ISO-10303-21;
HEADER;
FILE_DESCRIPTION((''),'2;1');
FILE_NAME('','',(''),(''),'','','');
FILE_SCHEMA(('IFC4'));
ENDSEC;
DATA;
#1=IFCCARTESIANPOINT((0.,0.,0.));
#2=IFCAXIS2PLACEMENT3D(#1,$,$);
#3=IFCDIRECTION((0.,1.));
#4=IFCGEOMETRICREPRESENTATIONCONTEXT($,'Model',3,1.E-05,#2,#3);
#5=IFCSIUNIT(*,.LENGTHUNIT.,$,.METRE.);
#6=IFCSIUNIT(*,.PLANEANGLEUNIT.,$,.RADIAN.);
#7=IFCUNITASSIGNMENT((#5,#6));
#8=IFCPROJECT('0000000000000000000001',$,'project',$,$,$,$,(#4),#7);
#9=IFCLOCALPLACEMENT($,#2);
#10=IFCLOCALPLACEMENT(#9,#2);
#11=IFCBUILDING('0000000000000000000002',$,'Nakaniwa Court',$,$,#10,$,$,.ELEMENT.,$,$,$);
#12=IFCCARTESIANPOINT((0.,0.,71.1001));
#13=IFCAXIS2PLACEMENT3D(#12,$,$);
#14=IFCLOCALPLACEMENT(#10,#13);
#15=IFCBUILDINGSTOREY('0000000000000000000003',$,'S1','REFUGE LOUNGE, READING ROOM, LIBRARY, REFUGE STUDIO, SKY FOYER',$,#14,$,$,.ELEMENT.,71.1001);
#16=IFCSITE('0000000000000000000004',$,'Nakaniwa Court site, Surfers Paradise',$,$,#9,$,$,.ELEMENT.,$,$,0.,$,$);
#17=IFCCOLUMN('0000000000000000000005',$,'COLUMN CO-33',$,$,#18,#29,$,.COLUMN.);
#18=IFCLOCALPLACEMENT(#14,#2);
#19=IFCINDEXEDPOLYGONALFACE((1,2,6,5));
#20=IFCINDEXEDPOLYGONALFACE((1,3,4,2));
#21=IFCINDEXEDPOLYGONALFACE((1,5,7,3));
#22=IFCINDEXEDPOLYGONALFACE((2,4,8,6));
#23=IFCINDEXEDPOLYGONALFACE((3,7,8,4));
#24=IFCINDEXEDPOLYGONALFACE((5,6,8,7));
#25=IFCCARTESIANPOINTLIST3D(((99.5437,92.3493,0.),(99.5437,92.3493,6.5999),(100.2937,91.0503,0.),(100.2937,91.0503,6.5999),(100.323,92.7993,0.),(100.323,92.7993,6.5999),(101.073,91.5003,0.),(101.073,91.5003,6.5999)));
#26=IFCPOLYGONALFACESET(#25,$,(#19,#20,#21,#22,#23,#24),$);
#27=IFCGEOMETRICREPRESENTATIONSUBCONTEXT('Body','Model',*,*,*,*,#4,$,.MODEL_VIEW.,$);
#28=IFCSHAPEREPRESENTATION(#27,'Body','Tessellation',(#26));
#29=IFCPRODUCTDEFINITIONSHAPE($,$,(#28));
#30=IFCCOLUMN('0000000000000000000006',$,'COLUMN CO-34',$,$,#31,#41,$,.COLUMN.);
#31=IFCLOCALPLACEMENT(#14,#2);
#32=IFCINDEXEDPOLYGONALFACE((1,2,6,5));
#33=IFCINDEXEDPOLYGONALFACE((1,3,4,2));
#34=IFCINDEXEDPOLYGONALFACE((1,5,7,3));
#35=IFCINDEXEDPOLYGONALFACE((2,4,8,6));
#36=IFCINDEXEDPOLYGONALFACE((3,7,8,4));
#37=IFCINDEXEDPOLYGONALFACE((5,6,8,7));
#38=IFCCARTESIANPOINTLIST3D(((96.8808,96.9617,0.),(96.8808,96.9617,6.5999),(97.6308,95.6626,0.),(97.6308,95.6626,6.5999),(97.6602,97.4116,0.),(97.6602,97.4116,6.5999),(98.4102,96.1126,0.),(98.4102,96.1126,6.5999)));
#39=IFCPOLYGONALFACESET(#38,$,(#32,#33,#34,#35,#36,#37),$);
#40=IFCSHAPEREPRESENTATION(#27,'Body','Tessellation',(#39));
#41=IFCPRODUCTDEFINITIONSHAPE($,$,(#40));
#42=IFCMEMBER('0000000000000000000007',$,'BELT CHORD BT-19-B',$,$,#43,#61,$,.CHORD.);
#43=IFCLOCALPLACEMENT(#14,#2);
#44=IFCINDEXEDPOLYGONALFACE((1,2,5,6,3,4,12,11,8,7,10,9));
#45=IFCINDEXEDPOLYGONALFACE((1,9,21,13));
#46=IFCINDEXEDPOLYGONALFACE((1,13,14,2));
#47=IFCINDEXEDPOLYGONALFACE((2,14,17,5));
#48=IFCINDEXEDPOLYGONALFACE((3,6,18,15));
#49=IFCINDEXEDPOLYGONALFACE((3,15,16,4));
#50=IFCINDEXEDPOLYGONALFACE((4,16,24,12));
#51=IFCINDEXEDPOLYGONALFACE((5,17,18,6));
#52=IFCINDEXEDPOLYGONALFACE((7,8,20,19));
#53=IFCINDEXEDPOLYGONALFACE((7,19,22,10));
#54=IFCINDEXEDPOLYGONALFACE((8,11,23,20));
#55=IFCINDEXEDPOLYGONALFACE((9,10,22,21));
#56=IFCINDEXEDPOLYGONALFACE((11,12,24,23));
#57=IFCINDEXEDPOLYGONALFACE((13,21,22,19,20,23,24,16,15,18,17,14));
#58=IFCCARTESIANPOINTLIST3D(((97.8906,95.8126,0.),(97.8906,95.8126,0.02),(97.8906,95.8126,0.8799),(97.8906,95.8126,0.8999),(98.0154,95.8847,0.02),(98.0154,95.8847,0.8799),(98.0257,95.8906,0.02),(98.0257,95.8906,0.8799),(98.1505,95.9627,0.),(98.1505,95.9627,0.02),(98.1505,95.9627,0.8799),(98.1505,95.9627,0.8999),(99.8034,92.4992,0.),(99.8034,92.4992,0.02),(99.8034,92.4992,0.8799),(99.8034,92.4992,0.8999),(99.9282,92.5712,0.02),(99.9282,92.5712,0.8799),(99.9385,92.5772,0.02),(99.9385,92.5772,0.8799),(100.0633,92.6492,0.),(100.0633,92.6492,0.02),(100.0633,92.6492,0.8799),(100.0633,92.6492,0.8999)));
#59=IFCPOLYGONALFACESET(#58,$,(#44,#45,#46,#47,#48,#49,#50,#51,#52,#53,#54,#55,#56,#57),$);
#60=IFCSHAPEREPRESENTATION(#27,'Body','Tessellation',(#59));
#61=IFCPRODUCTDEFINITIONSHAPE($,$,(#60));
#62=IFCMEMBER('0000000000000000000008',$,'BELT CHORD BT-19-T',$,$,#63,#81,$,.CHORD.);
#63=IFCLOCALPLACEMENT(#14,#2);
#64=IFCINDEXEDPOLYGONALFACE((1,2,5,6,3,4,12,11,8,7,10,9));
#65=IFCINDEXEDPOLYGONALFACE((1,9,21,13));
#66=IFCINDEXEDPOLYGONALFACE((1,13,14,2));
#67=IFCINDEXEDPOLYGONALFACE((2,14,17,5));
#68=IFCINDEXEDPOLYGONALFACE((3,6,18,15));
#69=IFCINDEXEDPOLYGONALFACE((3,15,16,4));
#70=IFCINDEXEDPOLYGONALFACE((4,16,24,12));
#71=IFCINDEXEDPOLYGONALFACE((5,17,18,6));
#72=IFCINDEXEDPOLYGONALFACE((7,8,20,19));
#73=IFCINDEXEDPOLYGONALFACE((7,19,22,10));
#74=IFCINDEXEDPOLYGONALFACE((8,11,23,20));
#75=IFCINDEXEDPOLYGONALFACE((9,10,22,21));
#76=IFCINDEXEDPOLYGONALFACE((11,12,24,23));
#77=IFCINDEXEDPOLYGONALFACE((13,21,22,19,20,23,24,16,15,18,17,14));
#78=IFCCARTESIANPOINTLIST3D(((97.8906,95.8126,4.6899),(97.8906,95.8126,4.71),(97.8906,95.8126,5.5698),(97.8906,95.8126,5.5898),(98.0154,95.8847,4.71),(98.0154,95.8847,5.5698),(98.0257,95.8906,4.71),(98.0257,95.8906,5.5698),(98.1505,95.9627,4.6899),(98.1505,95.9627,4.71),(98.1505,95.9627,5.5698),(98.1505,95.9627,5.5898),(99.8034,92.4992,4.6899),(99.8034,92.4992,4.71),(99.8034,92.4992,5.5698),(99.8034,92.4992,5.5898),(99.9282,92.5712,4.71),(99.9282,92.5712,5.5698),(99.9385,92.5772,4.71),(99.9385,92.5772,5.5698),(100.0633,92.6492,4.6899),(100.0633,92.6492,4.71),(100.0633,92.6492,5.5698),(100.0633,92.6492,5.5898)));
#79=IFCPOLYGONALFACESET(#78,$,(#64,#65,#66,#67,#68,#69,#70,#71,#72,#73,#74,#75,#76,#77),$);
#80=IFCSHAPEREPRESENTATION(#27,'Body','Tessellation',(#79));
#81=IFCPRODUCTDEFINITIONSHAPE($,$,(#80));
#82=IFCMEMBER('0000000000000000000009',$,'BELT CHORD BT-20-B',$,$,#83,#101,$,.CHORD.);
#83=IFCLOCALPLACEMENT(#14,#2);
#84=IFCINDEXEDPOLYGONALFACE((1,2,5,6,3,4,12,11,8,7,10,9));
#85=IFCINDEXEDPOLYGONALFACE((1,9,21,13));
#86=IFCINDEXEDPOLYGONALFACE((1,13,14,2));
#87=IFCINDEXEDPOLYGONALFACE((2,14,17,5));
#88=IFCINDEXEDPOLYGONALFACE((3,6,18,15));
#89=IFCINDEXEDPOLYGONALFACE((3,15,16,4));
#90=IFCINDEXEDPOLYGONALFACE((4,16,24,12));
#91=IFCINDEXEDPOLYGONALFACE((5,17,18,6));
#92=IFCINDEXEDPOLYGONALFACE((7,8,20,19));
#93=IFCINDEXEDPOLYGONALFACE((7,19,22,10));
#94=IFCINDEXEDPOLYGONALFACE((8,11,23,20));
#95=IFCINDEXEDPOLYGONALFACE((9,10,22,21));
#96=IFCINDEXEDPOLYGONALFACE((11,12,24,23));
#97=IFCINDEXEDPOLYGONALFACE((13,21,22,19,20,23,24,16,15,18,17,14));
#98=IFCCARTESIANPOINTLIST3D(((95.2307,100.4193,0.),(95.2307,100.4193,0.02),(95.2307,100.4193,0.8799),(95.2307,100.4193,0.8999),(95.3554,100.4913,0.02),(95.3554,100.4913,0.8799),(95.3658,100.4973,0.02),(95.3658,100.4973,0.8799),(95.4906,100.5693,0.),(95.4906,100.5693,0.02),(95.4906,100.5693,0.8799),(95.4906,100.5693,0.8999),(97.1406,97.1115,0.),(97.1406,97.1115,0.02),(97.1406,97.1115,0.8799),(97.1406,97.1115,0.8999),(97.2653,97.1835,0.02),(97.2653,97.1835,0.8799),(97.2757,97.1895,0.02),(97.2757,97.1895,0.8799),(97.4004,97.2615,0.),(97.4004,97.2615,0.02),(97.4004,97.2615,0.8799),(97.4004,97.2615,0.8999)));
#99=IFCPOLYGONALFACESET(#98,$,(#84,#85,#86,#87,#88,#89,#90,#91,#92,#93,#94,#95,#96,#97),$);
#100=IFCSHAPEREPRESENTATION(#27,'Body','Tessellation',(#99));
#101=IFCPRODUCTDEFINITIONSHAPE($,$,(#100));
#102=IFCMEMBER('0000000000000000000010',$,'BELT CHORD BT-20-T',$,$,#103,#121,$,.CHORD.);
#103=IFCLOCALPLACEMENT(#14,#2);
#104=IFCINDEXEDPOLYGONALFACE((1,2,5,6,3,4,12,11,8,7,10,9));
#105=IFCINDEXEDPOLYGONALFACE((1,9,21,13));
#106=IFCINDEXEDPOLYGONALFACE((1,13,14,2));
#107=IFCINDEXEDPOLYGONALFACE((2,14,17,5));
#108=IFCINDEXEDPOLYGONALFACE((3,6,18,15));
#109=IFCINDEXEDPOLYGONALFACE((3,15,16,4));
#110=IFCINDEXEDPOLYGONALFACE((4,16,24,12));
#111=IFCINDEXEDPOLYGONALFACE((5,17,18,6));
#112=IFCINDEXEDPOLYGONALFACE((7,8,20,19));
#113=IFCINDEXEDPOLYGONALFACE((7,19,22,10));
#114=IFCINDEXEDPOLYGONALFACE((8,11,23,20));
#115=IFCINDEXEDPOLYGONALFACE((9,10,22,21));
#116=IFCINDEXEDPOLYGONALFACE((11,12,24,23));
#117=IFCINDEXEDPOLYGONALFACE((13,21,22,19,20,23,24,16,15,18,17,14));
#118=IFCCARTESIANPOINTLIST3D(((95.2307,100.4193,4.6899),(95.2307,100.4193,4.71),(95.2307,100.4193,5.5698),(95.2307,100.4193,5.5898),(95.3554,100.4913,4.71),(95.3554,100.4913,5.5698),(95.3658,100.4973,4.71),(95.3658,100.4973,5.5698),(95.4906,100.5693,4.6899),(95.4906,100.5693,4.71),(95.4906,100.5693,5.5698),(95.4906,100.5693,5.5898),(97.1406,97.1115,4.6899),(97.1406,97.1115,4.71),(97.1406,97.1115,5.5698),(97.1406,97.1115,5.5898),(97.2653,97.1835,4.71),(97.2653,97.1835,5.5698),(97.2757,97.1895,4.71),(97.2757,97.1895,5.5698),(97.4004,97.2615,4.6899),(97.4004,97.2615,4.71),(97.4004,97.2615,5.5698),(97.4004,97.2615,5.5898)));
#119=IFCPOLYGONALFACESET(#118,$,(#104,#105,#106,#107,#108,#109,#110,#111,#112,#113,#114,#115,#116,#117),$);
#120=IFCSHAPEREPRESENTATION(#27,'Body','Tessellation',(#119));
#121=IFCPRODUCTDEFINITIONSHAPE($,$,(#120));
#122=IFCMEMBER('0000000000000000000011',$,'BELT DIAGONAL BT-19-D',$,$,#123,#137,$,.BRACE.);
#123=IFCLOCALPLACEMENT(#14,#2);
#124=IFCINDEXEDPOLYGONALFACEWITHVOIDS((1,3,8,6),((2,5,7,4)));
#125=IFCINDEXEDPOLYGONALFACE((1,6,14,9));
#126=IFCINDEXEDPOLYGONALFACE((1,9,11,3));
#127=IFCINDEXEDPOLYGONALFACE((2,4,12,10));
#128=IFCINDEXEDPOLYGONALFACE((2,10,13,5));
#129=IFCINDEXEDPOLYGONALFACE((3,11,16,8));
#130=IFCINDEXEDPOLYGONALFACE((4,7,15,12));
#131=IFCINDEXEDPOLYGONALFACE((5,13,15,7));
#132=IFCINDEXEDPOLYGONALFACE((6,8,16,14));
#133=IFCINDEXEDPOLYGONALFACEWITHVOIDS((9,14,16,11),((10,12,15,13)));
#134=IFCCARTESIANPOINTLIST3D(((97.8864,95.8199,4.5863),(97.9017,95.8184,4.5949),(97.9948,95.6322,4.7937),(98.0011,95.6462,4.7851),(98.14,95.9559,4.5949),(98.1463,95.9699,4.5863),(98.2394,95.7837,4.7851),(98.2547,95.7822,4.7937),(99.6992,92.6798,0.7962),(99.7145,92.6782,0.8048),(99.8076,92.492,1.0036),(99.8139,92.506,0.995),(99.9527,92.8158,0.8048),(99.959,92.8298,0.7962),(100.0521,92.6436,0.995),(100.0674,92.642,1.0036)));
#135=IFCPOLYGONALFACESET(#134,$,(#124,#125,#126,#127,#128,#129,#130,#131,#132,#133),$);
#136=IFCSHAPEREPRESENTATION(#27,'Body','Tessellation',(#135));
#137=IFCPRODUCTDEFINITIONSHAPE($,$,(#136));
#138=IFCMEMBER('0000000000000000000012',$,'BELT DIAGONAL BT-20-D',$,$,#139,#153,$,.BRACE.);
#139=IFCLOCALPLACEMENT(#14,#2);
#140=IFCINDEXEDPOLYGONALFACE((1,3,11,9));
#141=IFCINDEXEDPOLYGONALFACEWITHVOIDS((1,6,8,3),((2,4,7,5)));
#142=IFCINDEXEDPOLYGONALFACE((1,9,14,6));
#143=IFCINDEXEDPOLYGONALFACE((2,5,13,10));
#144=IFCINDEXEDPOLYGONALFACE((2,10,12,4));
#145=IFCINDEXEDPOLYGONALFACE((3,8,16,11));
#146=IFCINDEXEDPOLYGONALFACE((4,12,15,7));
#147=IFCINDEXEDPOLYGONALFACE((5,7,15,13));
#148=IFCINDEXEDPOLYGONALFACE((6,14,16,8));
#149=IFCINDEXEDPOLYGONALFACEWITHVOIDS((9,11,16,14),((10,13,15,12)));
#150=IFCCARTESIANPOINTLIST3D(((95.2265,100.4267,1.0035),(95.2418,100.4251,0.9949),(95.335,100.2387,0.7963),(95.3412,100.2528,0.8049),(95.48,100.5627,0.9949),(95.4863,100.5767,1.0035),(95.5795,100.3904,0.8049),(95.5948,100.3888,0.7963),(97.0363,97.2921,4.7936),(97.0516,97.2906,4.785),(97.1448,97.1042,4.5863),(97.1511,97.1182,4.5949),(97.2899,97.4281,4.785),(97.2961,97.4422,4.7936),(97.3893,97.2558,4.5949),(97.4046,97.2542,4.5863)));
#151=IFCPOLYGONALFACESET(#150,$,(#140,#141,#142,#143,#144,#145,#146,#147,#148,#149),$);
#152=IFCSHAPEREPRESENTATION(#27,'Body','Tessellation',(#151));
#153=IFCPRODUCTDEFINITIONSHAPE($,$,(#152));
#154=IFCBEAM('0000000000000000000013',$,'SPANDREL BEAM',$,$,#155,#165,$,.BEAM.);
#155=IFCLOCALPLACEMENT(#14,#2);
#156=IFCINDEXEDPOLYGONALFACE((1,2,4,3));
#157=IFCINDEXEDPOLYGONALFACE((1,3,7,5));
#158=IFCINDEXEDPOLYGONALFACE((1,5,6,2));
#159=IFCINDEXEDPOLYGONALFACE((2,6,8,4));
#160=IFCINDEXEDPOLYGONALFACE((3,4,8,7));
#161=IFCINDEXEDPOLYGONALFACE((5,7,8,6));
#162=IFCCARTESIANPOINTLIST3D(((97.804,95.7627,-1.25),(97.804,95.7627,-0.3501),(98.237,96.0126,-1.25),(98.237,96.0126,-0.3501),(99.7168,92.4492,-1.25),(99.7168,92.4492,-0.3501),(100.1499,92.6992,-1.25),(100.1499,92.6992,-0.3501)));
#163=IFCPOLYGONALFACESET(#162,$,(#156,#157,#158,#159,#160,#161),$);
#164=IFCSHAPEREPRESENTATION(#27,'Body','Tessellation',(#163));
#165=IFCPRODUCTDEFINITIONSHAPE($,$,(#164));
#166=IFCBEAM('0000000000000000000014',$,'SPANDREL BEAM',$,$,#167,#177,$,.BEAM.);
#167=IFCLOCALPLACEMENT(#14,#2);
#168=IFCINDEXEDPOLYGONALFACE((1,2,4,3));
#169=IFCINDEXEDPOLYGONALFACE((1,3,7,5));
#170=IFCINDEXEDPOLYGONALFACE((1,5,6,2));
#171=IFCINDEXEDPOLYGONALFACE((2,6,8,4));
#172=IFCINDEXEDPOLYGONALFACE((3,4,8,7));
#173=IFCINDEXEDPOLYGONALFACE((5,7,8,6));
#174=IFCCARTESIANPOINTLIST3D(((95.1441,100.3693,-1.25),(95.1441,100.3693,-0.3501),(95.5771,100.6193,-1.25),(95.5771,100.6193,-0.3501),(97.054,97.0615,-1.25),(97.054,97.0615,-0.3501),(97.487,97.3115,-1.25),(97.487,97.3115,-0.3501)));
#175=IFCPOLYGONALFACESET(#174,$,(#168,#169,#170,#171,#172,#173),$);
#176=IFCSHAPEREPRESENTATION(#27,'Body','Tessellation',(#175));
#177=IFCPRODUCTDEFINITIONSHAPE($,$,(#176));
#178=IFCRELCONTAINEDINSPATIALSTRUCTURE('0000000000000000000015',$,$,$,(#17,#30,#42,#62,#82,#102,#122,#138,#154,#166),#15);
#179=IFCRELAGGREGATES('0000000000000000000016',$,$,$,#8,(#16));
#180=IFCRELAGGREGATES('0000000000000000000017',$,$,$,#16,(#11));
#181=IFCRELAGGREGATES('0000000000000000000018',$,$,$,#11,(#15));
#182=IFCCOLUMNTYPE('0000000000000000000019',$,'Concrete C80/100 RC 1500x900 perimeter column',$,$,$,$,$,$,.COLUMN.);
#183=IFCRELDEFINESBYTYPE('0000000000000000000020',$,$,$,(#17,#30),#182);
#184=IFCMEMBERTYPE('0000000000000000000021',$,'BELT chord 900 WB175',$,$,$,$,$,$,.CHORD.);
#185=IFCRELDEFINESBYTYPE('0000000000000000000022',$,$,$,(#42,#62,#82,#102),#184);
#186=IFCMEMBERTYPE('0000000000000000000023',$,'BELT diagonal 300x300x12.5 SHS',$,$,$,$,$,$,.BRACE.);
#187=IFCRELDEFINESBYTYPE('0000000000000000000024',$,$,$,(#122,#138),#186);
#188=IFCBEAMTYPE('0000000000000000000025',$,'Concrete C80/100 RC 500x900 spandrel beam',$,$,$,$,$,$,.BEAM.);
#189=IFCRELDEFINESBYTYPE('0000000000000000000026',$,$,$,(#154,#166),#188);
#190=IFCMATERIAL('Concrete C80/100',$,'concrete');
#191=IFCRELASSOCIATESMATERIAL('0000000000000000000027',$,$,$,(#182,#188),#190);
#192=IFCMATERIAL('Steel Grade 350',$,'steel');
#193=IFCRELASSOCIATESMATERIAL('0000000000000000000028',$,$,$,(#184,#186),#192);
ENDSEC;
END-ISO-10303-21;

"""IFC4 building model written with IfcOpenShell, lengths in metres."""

from ifc_helpers import new_model, si_unit, direction, frame, origin, origin_2d, place, context, subcontext, project, spatial, rectangle, hollow_rectangle, i_section, extrude, material, material_profile, profile_set, type_object, element, save


model = new_model("IFC4")

# Units and contexts
model_context = context("Model", 3, precision=1e-05, world=origin(), true_north=direction((0.0, 1.0)))
body_context = subcontext(model_context, "Body", "Model", "MODEL_VIEW")
ifc_project = project(units=[si_unit("LENGTHUNIT", "METRE"), si_unit("PLANEANGLEUNIT", "RADIAN")], contexts=[model_context])

# Site, building, storey
site_placement = place(None, origin())
site = spatial("IfcSite", under=ifc_project, at=site_placement, Name="Nakaniwa Court site, Surfers Paradise", CompositionType="ELEMENT", RefElevation=0.0)
building_placement = place(site_placement, origin())
building = spatial("IfcBuilding", under=site, at=building_placement, Name="Nakaniwa Court", CompositionType="ELEMENT")
storey_placement = place(building_placement, frame((0.0, 0.0, 71.1001)))
storey = spatial("IfcBuildingStorey", under=building, at=storey_placement, Name="S1", Description="REFUGE LOUNGE, READING ROOM, LIBRARY, REFUGE STUDIO, SKY FOYER", CompositionType="ELEMENT", Elevation=71.1001)

# Columns
ifc_material_1 = material(Name="Concrete C80/100", Category="concrete")
ifc_material_profile_1 = material_profile(ifc_material_1, rectangle(XDim=1.5, YDim=0.8999, at=origin_2d()), Name="Concrete C80/100 RC 1500x900 perimeter column")
ifc_profile_set_1 = profile_set([ifc_material_profile_1], Name="Concrete C80/100")
column_type = type_object("IfcColumnType", Name="Concrete C80/100 RC 1500x900 perimeter column", PredefinedType="COLUMN", material=ifc_profile_set_1)
for number, where, z_axis, x_axis, name in (
    (1, (100.3083, 91.9248, 0.0), (0.0, 0.0, 1.0), (-0.5, 0.866025, 0.0), "COLUMN CO-33"),
    (2, (97.6455, 96.5371, 0.0), (0.0, 0.0, 1.0), (-0.5, 0.866025, 0.0), "COLUMN CO-34"),
):
    element("IfcColumn", number, at=place(storey_placement, frame(where, z_axis=z_axis, x_axis=x_axis)), inside=storey, type_object=column_type, Name=name, PredefinedType="COLUMN", context=body_context, shape_type="SweptSolid", body=[
        extrude(rectangle(XDim=1.5, YDim=0.8999, at=origin_2d()), origin(), (0.0, 0.0, 1.0), 6.5999),
    ])

# Members
ifc_material_2 = material(Name="Steel Grade 350", Category="steel")
ifc_material_profile_2 = material_profile(ifc_material_2, i_section(OverallWidth=0.3, OverallDepth=0.8999, WebThickness=0.012, FlangeThickness=0.02, at=origin_2d()), Name="900WB175")
ifc_profile_set_2 = profile_set([ifc_material_profile_2], Name="Steel Grade 350")
member_type_1 = type_object("IfcMemberType", Name="BELT chord 900 WB175", PredefinedType="CHORD", material=ifc_profile_set_2)
for number, where, z_axis, x_axis, name in (
    (3, (99.9333, 92.5742, 0.45), (-0.499962, 0.866047, 0.0), (-0.866047, -0.499962, 0.0), "BELT CHORD BT-19-B"),
    (4, (99.9333, 92.5742, 5.1399), (-0.499962, 0.866047, 0.0), (-0.866047, -0.499962, 0.0), "BELT CHORD BT-19-T"),
):
    element("IfcMember", number, at=place(storey_placement, frame(where, z_axis=z_axis, x_axis=x_axis)), inside=storey, type_object=member_type_1, Name=name, PredefinedType="CHORD", context=body_context, shape_type="SweptSolid", body=[
        extrude(i_section(OverallWidth=0.3, OverallDepth=0.8999, WebThickness=0.012, FlangeThickness=0.02, at=origin_2d()), origin(), (0.0, 0.0, 1.0), 3.8259),
    ])
for number, where, z_axis, x_axis, name in (
    (5, (97.2705, 97.1865, 0.45), (-0.500023, 0.866012, 0.0), (-0.866012, -0.500023, 0.0), "BELT CHORD BT-20-B"),
    (6, (97.2705, 97.1865, 5.1399), (-0.500023, 0.866012, 0.0), (-0.866012, -0.500023, 0.0), "BELT CHORD BT-20-T"),
):
    element("IfcMember", number, at=place(storey_placement, frame(where, z_axis=z_axis, x_axis=x_axis)), inside=storey, type_object=member_type_1, Name=name, PredefinedType="CHORD", context=body_context, shape_type="SweptSolid", body=[
        extrude(i_section(OverallWidth=0.3, OverallDepth=0.8999, WebThickness=0.012, FlangeThickness=0.02, at=origin_2d()), origin(), (0.0, 0.0, 1.0), 3.8196),
    ])
ifc_material_profile_3 = material_profile(ifc_material_2, hollow_rectangle(XDim=0.3, YDim=0.3, WallThickness=0.0125, at=origin_2d()), Name="BELT diagonal 300x300x12.5 SHS")
ifc_profile_set_3 = profile_set([ifc_material_profile_3], Name="Steel Grade 350")
member_type_2 = type_object("IfcMemberType", Name="BELT diagonal 300x300x12.5 SHS", PredefinedType="BRACE", material=ifc_profile_set_3)
member_1_placement = place(storey_placement, frame((99.8833, 92.6609, 0.8999), z_axis=(-0.345608, 0.598682, 0.722589), x_axis=(-0.866051, -0.499956, 0.0)))
element("IfcMember", 7, at=member_1_placement, inside=storey, type_object=member_type_2, Name="BELT DIAGONAL BT-19-D", PredefinedType="BRACE", context=body_context, shape_type="SweptSolid", body=[
    extrude(hollow_rectangle(XDim=0.3, YDim=0.3, WallThickness=0.0125, at=origin_2d()), origin(), (0.0, 0.0, 1.0), 5.2451),
])
member_2_placement = place(storey_placement, frame((97.2205, 97.2732, 4.6899), z_axis=(-0.345338, 0.59811, -0.723192), x_axis=(-0.866014, -0.50002, 0.0)))
element("IfcMember", 8, at=member_2_placement, inside=storey, type_object=member_type_2, Name="BELT DIAGONAL BT-20-D", PredefinedType="BRACE", context=body_context, shape_type="SweptSolid", body=[
    extrude(hollow_rectangle(XDim=0.3, YDim=0.3, WallThickness=0.0125, at=origin_2d()), origin(), (0.0, 0.0, 1.0), 5.2407),
])

# Beams
ifc_material_profile_4 = material_profile(ifc_material_1, rectangle(XDim=0.5, YDim=0.8999, at=origin_2d()), Name="Concrete C80/100 RC 500x900 spandrel beam")
ifc_profile_set_4 = profile_set([ifc_material_profile_4], Name="Concrete C80/100")
beam_type = type_object("IfcBeamType", Name="Concrete C80/100 RC 500x900 spandrel beam", PredefinedType="BEAM", material=ifc_profile_set_4)
beam_1_placement = place(storey_placement, frame((99.9333, 92.5742, -0.8), z_axis=(-0.499962, 0.866047, 0.0), x_axis=(-0.866047, -0.499962, 0.0)))
element("IfcBeam", 9, at=beam_1_placement, inside=storey, type_object=beam_type, Name="SPANDREL BEAM", PredefinedType="BEAM", context=body_context, shape_type="SweptSolid", body=[
    extrude(rectangle(XDim=0.5, YDim=0.8999, at=origin_2d()), origin(), (0.0, 0.0, 1.0), 3.8259),
])
beam_2_placement = place(storey_placement, frame((97.2705, 97.1865, -0.8), z_axis=(-0.500023, 0.866012, 0.0), x_axis=(-0.866012, -0.500023, 0.0)))
element("IfcBeam", 10, at=beam_2_placement, inside=storey, type_object=beam_type, Name="SPANDREL BEAM", PredefinedType="BEAM", context=body_context, shape_type="SweptSolid", body=[
    extrude(rectangle(XDim=0.5, YDim=0.8999, at=origin_2d()), origin(), (0.0, 0.0, 1.0), 3.8196),
])

save(model, "model.ifc")
